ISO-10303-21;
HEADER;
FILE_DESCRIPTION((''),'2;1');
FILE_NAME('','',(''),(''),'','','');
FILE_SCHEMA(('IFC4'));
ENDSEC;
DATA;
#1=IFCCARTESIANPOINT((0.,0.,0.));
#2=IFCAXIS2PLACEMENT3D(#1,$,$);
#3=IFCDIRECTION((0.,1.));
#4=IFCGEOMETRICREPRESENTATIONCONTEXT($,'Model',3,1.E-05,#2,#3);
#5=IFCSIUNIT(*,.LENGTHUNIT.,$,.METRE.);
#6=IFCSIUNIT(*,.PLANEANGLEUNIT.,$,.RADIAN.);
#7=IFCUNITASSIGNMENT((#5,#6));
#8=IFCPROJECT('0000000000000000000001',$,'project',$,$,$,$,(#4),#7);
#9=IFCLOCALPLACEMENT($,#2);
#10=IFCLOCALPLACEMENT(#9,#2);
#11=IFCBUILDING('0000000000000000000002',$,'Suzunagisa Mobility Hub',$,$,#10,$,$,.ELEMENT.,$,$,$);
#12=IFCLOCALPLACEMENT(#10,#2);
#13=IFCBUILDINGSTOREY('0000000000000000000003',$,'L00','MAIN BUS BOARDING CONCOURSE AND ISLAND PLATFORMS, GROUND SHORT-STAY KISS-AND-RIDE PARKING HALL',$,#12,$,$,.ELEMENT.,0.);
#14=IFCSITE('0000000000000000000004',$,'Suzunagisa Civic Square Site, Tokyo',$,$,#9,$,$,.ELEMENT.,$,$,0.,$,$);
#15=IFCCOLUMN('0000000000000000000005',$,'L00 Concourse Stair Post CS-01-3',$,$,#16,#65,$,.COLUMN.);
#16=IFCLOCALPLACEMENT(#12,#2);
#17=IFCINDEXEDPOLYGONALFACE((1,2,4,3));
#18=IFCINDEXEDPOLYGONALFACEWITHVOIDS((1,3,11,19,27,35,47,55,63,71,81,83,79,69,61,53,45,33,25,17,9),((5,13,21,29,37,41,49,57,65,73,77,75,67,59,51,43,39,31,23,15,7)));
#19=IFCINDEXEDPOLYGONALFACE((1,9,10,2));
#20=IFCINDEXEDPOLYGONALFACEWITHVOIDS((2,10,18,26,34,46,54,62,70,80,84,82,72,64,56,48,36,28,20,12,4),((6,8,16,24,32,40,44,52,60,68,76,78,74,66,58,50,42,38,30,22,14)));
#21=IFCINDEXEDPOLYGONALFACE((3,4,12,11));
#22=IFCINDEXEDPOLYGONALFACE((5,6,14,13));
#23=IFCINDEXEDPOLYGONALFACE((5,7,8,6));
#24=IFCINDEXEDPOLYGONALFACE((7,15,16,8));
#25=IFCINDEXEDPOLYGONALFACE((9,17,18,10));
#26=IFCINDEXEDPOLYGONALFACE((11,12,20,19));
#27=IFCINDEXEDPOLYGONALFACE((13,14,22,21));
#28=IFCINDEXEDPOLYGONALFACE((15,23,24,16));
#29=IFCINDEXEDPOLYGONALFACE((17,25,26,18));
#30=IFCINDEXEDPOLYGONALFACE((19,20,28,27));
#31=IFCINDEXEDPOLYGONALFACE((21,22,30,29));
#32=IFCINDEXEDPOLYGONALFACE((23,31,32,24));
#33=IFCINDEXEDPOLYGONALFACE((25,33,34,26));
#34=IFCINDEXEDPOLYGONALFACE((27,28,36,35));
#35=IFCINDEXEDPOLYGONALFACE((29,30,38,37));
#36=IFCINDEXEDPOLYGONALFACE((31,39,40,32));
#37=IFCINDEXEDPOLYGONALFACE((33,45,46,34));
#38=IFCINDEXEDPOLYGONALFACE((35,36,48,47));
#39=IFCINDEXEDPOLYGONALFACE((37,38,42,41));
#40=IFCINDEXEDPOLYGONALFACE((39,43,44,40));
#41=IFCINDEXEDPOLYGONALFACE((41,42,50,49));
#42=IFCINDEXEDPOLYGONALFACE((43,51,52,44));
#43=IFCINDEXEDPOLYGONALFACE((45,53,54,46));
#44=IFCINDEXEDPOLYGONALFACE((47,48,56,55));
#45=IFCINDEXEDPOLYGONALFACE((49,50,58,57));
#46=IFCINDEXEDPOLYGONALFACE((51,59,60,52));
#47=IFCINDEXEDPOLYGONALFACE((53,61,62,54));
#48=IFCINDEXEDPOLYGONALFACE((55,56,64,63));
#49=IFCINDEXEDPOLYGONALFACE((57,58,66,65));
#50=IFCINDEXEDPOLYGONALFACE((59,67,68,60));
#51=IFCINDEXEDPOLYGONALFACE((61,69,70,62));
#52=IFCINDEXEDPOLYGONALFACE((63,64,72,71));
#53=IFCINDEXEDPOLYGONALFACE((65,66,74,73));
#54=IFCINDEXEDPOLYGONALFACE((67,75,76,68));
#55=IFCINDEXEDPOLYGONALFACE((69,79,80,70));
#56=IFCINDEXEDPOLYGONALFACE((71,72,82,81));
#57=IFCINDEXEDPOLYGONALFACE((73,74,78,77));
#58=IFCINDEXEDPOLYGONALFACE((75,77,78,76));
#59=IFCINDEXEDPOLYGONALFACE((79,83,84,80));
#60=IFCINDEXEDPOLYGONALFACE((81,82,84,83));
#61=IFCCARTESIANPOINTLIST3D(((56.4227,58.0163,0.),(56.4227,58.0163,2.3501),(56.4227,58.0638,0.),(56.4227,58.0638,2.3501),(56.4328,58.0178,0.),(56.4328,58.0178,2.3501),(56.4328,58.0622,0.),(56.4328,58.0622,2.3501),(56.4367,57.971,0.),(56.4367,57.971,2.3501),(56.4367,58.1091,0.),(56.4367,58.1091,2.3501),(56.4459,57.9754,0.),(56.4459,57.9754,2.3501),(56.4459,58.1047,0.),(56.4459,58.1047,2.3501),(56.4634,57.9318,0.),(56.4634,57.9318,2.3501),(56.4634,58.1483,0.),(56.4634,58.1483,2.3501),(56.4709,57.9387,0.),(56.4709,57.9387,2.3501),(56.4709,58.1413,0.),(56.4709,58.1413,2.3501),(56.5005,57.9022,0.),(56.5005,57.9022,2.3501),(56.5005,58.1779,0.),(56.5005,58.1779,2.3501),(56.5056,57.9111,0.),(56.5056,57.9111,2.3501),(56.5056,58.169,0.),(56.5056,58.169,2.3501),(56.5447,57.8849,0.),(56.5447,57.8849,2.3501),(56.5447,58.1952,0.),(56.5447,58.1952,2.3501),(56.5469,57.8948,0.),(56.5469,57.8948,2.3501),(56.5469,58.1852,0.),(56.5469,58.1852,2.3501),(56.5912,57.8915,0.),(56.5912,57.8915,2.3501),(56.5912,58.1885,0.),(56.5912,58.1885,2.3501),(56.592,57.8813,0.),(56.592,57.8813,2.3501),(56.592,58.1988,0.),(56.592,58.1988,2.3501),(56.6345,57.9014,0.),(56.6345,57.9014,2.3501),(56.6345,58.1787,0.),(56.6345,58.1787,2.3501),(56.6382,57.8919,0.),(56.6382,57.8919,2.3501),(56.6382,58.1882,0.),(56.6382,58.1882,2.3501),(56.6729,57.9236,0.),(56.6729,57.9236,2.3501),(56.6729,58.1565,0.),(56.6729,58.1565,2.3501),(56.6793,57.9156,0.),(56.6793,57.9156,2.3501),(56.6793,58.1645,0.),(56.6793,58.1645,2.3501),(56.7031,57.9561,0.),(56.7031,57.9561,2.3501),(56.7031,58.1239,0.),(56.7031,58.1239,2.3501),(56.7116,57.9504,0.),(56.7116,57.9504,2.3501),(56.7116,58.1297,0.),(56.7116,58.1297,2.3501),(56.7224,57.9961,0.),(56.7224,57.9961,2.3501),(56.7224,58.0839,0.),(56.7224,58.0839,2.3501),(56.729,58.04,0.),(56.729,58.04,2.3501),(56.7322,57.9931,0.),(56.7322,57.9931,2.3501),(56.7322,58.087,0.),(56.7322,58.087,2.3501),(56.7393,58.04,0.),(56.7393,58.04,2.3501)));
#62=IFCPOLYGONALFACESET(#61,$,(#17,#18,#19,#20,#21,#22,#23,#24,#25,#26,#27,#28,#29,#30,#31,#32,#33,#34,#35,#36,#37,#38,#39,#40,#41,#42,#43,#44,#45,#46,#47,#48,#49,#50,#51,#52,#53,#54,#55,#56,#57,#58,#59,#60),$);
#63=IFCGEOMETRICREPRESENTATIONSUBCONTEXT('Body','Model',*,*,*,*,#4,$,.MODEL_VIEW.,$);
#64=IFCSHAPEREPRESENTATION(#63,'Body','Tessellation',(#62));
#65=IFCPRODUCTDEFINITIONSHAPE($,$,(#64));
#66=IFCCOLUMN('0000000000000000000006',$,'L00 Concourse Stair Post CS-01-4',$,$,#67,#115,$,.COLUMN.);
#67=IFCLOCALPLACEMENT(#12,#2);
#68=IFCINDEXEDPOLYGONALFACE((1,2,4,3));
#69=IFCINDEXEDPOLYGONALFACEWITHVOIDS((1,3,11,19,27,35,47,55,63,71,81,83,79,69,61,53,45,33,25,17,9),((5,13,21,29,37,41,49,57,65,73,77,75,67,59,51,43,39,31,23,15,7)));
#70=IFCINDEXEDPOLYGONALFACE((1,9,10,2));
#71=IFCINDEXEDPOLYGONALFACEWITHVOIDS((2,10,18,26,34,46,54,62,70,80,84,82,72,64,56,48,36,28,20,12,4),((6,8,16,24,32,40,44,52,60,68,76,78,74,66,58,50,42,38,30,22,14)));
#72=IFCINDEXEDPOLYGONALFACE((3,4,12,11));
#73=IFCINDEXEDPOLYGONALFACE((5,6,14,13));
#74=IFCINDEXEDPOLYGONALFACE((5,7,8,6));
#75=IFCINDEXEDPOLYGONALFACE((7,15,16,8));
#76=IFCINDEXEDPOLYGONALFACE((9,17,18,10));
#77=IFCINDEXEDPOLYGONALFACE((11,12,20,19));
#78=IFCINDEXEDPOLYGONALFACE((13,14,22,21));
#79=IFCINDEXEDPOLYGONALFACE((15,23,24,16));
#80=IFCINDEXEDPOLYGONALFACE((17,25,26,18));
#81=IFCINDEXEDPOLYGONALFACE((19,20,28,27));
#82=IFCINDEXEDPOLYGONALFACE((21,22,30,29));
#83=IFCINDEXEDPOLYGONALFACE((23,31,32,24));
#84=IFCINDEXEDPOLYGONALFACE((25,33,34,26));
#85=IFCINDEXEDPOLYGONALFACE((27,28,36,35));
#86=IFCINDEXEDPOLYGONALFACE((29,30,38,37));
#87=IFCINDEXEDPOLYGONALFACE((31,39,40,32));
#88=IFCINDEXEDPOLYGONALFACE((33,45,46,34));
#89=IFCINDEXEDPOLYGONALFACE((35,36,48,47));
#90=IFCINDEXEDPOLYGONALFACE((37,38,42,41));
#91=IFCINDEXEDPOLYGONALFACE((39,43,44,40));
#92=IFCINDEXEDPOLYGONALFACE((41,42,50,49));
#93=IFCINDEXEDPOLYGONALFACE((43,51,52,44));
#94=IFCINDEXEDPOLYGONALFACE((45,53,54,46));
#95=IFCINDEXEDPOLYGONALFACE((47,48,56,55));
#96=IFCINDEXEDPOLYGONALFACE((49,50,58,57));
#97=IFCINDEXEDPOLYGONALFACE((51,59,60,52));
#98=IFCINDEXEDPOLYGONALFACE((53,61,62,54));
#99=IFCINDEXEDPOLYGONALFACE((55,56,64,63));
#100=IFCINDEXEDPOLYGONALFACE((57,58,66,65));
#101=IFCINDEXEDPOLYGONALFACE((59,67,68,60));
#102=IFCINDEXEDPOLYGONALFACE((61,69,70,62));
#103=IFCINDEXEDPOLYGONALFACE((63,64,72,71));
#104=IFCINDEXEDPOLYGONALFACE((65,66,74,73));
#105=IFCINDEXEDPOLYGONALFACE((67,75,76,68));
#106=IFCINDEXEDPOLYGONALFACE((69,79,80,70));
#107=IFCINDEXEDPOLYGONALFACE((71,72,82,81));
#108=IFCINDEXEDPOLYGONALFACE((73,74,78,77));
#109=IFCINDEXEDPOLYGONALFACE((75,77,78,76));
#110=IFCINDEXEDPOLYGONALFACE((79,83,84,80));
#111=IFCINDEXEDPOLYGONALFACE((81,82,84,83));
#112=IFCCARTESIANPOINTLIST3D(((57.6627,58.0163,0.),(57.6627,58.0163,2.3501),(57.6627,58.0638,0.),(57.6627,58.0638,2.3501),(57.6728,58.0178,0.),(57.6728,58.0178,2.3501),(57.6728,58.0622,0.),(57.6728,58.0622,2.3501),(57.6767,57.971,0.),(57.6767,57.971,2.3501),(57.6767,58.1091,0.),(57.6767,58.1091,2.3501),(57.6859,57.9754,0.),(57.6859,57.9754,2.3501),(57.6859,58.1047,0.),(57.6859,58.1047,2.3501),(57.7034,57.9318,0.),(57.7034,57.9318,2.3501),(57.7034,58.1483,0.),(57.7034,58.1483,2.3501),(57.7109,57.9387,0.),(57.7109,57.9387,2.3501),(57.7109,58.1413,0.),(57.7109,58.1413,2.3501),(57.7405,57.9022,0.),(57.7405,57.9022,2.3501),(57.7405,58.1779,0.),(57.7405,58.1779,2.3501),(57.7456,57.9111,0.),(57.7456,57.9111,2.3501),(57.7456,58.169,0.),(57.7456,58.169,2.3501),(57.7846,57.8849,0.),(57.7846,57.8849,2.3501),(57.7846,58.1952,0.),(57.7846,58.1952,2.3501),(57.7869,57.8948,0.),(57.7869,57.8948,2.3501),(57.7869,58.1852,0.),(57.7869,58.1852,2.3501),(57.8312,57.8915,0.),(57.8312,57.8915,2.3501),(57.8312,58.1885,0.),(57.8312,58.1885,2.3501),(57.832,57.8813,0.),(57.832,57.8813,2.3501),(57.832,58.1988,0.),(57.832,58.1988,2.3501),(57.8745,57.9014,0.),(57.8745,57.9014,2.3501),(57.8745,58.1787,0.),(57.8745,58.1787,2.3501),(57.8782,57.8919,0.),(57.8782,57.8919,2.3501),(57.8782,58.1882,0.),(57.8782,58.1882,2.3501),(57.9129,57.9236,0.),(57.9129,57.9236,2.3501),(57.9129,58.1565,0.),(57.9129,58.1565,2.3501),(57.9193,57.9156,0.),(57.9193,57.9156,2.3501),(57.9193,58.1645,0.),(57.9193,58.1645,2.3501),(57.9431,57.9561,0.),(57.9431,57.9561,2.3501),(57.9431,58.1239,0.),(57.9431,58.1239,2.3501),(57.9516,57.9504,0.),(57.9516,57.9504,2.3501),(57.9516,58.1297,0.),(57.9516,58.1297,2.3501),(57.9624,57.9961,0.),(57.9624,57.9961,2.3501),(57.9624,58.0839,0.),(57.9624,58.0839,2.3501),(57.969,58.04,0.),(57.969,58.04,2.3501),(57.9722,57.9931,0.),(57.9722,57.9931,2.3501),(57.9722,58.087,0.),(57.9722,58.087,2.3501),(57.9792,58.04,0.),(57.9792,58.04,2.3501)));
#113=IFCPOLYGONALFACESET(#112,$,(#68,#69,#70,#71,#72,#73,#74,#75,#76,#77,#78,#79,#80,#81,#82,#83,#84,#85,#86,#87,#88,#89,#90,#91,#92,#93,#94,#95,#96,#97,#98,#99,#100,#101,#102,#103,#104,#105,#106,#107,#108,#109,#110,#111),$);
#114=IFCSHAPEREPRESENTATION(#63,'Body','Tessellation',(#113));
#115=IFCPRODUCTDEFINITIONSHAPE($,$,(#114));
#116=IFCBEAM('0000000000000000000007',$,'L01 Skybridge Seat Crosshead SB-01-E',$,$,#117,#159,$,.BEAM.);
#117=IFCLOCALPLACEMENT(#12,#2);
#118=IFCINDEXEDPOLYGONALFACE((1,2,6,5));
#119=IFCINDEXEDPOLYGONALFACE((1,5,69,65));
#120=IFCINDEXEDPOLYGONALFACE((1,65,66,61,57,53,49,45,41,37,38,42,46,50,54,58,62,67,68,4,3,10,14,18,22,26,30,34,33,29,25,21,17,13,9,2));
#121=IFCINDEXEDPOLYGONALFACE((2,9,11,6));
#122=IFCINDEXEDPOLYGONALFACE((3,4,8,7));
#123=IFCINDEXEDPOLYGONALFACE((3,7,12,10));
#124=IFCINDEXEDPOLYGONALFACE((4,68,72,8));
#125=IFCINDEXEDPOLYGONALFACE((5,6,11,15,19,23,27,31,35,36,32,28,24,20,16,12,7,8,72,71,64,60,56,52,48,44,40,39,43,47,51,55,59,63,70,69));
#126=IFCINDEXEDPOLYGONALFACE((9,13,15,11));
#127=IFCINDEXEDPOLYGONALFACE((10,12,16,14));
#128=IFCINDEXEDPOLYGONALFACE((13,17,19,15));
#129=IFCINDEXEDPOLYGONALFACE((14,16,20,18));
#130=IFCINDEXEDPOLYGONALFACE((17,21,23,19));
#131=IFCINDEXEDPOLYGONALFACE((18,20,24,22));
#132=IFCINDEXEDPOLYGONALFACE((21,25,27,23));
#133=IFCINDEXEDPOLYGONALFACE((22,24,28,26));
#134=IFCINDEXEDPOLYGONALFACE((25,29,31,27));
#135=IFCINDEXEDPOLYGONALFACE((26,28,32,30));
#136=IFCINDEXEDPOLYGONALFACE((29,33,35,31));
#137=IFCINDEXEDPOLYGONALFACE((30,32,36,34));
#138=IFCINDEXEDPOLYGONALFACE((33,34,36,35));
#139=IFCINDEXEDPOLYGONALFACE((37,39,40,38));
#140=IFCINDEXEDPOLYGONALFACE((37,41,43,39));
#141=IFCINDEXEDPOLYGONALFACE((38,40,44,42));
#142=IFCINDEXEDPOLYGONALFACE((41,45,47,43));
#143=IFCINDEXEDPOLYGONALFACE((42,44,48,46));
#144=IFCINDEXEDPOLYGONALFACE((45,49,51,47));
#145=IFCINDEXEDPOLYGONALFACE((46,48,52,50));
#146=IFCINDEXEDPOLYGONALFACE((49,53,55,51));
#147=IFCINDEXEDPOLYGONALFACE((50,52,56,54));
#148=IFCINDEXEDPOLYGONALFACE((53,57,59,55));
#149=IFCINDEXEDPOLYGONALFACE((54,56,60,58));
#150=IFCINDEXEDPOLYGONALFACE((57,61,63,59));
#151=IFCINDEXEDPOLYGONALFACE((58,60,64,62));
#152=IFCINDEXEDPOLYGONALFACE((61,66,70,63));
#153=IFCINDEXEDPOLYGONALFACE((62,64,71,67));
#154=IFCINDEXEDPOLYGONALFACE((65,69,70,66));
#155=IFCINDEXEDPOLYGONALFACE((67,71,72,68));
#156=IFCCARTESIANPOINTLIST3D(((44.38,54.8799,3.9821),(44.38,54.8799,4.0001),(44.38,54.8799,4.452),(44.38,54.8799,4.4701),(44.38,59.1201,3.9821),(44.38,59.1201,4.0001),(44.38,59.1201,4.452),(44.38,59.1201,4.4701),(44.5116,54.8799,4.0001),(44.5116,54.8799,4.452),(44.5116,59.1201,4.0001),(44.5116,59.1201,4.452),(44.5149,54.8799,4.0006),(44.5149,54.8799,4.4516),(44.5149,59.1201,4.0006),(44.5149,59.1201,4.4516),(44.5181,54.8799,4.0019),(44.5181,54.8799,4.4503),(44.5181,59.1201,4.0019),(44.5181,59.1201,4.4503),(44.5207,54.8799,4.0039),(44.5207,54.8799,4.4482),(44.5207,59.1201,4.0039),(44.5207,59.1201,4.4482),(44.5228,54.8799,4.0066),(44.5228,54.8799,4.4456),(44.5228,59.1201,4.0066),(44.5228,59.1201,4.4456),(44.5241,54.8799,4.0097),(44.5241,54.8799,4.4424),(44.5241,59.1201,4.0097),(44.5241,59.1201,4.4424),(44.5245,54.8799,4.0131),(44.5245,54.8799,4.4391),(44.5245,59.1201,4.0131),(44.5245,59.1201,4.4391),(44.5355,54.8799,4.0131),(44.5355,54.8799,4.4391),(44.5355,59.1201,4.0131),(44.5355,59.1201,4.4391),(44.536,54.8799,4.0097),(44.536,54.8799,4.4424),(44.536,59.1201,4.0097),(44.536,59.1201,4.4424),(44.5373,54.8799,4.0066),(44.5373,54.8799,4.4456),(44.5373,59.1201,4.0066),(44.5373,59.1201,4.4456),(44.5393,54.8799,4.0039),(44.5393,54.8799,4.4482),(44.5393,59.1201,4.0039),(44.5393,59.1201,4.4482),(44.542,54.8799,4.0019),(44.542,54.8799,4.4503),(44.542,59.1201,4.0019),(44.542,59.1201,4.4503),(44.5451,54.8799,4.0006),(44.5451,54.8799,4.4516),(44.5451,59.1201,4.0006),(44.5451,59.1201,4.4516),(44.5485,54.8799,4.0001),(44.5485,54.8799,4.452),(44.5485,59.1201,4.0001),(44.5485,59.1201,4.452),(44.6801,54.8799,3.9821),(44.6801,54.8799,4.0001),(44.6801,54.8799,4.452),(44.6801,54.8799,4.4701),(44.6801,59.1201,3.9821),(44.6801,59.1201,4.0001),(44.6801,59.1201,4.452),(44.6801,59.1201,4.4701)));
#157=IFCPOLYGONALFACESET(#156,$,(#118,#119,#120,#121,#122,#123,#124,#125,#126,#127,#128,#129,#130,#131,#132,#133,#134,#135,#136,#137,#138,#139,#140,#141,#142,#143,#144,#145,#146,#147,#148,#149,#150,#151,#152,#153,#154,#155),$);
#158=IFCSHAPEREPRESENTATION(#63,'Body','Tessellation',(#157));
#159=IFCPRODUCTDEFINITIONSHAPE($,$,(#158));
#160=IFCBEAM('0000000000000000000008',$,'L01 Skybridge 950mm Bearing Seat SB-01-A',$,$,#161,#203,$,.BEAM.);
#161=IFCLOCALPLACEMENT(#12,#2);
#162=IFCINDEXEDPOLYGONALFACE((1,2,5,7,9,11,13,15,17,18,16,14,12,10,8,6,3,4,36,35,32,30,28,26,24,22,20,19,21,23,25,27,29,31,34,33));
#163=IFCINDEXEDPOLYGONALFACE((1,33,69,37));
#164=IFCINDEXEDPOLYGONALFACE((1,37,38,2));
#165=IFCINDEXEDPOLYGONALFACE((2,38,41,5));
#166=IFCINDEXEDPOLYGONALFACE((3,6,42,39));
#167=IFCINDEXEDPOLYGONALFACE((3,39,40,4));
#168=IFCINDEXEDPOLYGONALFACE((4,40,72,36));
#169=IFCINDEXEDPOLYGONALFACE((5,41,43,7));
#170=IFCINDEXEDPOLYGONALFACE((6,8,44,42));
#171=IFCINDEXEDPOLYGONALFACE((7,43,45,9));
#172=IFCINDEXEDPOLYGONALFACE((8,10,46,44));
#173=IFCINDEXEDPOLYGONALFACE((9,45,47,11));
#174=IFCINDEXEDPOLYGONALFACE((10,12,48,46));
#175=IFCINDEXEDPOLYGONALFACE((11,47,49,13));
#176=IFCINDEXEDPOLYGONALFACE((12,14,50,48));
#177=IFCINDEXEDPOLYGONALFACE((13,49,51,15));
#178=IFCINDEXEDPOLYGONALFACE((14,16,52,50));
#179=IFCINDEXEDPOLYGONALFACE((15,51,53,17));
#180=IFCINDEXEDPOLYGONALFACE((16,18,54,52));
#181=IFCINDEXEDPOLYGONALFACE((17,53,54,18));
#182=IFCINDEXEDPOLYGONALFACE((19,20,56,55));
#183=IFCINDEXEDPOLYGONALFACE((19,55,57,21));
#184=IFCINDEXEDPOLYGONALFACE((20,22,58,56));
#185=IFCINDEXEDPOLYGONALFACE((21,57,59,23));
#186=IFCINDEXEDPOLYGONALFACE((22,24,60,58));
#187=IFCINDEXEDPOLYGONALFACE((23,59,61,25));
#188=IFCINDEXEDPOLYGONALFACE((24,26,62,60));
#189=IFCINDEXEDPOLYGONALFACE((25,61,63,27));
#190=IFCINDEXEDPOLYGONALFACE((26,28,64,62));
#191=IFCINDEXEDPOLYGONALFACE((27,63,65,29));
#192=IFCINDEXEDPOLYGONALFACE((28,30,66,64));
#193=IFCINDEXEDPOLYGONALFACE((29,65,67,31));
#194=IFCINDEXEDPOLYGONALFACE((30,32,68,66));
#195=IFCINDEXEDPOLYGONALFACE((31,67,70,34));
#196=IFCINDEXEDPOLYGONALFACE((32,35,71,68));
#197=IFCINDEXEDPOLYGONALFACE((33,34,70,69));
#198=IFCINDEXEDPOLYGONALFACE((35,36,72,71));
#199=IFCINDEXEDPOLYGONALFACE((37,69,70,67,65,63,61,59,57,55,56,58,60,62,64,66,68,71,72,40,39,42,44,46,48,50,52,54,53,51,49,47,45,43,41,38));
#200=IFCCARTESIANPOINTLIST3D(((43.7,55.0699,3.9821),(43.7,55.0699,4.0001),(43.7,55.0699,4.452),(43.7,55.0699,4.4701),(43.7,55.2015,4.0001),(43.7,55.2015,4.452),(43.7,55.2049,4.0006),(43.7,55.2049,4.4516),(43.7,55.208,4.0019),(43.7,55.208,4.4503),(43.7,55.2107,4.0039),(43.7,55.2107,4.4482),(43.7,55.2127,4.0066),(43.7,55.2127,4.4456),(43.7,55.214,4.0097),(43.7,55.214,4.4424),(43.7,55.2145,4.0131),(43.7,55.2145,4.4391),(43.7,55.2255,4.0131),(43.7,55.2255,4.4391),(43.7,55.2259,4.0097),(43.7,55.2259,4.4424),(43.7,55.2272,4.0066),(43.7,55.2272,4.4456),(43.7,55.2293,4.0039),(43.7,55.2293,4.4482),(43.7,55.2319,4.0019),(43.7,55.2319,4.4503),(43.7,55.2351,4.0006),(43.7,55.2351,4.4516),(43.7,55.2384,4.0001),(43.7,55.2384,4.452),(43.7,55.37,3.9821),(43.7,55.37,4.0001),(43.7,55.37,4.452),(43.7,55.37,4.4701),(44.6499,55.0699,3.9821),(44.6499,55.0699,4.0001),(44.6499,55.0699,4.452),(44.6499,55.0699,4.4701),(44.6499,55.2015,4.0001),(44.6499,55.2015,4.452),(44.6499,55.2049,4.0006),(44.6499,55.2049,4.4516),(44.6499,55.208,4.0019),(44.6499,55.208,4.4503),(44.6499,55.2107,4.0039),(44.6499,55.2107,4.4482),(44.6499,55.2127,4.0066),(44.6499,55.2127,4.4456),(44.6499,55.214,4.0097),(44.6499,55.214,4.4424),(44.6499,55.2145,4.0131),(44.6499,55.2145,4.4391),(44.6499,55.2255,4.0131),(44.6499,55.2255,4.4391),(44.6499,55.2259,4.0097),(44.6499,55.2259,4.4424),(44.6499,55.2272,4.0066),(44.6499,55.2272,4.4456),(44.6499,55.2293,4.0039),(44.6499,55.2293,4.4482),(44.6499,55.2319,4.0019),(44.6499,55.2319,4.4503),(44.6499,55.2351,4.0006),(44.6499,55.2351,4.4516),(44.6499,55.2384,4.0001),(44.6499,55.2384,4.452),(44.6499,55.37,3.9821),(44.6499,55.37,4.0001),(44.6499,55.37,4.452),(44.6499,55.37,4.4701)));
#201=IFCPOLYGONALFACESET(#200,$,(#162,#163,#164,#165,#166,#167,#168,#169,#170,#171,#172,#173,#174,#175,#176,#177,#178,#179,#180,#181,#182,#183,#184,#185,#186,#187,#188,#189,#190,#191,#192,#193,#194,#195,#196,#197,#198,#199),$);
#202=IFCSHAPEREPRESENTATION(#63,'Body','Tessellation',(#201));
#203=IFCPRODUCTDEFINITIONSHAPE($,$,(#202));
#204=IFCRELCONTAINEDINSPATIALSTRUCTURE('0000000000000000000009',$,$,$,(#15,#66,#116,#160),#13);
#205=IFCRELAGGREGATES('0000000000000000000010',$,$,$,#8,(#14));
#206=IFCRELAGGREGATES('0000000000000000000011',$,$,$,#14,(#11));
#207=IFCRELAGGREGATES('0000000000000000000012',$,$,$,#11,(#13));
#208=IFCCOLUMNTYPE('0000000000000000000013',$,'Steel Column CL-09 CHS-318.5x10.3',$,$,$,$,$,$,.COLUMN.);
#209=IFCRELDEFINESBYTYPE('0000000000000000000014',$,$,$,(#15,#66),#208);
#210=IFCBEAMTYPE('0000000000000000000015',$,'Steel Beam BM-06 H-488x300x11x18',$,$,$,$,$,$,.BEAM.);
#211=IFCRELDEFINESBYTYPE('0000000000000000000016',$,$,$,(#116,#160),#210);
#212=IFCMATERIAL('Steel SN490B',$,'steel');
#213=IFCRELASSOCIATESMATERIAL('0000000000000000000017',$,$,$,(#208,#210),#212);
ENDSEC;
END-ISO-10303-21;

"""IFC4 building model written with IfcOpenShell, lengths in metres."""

from ifc_helpers import new_model, si_unit, direction, frame, origin, origin_2d, place, context, subcontext, project, spatial, hollow_circle, i_section, extrude, material, material_profile, profile_set, type_object, element, save


model = new_model("IFC4")

# Units and contexts
model_context = context("Model", 3, precision=1e-05, world=origin(), true_north=direction((0.0, 1.0)))
body_context = subcontext(model_context, "Body", "Model", "MODEL_VIEW")
ifc_project = project(units=[si_unit("LENGTHUNIT", "METRE"), si_unit("PLANEANGLEUNIT", "RADIAN")], contexts=[model_context])

# Site, building, storey
site_placement = place(None, origin())
site = spatial("IfcSite", under=ifc_project, at=site_placement, Name="Suzunagisa Civic Square Site, Tokyo", CompositionType="ELEMENT", RefElevation=0.0)
building_placement = place(site_placement, origin())
building = spatial("IfcBuilding", under=site, at=building_placement, Name="Suzunagisa Mobility Hub", CompositionType="ELEMENT")
storey_placement = place(building_placement, origin())
storey = spatial("IfcBuildingStorey", under=building, at=storey_placement, Name="L00", Description="MAIN BUS BOARDING CONCOURSE AND ISLAND PLATFORMS, GROUND SHORT-STAY KISS-AND-RIDE PARKING HALL", CompositionType="ELEMENT", Elevation=0.0)

# Columns
ifc_material_1 = material(Name="Steel SN490B", Category="steel")
ifc_material_profile_1 = material_profile(ifc_material_1, hollow_circle(Radius=0.1592, WallThickness=0.0103, at=origin_2d()), Name="CHS-318.5x10.3")
ifc_profile_set_1 = profile_set([ifc_material_profile_1], Name="Steel SN490B")
column_type_1 = type_object("IfcColumnType", Name="Steel Column CL-09 CHS-318.5x10.3", PredefinedType="COLUMN", material=ifc_profile_set_1)
for number, where, z_axis, x_axis, name in (
    (1, (56.5801, 58.04, 0.0), (0.0, 0.0, 1.0), (1.0, 0.0, 0.0), "L00 Concourse Stair Post CS-01-3"),
    (2, (57.8201, 58.04, 0.0), (0.0, 0.0, 1.0), (1.0, 0.0, 0.0), "L00 Concourse Stair Post CS-01-4"),
):
    element("IfcColumn", number, at=place(storey_placement, frame(where, z_axis=z_axis, x_axis=x_axis)), inside=storey, type_object=column_type_1, Name=name, PredefinedType="COLUMN", context=body_context, shape_type="SweptSolid", body=[
        extrude(hollow_circle(Radius=0.1592, WallThickness=0.0103, at=origin_2d()), origin(), (0.0, 0.0, 1.0), 2.3501),
    ])

# Beams
ifc_material_profile_2 = material_profile(ifc_material_1, i_section(OverallWidth=0.3, OverallDepth=0.488, WebThickness=0.011, FlangeThickness=0.0181, FilletRadius=0.0129, at=origin_2d()), Name="H-488x300x11x18")
ifc_profile_set_2 = profile_set([ifc_material_profile_2], Name="Steel SN490B")
beam_type = type_object("IfcBeamType", Name="Steel Beam BM-06 H-488x300x11x18", PredefinedType="BEAM", material=ifc_profile_set_2)
beam_1_placement = place(storey_placement, frame((44.53, 54.8799, 4.2261), z_axis=(0.0, 1.0, 0.0), x_axis=(-1.0, 0.0, 0.0)))
element("IfcBeam", 3, at=beam_1_placement, inside=storey, type_object=beam_type, Name="L01 Skybridge Seat Crosshead SB-01-E", PredefinedType="BEAM", context=body_context, shape_type="SweptSolid", body=[
    extrude(i_section(OverallWidth=0.3, OverallDepth=0.488, WebThickness=0.011, FlangeThickness=0.0181, FilletRadius=0.0129, at=origin_2d()), origin(), (0.0, 0.0, 1.0), 4.2402),
])
beam_2_placement = place(storey_placement, frame((43.7, 55.22, 4.2261), z_axis=(1.0, 0.0, 0.0), x_axis=(0.0, 1.0, 0.0)))
element("IfcBeam", 4, at=beam_2_placement, inside=storey, type_object=beam_type, Name="L01 Skybridge 950mm Bearing Seat SB-01-A", PredefinedType="BEAM", context=body_context, shape_type="SweptSolid", body=[
    extrude(i_section(OverallWidth=0.3, OverallDepth=0.488, WebThickness=0.011, FlangeThickness=0.0181, FilletRadius=0.0129, at=origin_2d()), origin(), (0.0, 0.0, 1.0), 0.95),
])

save(model, "model.ifc")
